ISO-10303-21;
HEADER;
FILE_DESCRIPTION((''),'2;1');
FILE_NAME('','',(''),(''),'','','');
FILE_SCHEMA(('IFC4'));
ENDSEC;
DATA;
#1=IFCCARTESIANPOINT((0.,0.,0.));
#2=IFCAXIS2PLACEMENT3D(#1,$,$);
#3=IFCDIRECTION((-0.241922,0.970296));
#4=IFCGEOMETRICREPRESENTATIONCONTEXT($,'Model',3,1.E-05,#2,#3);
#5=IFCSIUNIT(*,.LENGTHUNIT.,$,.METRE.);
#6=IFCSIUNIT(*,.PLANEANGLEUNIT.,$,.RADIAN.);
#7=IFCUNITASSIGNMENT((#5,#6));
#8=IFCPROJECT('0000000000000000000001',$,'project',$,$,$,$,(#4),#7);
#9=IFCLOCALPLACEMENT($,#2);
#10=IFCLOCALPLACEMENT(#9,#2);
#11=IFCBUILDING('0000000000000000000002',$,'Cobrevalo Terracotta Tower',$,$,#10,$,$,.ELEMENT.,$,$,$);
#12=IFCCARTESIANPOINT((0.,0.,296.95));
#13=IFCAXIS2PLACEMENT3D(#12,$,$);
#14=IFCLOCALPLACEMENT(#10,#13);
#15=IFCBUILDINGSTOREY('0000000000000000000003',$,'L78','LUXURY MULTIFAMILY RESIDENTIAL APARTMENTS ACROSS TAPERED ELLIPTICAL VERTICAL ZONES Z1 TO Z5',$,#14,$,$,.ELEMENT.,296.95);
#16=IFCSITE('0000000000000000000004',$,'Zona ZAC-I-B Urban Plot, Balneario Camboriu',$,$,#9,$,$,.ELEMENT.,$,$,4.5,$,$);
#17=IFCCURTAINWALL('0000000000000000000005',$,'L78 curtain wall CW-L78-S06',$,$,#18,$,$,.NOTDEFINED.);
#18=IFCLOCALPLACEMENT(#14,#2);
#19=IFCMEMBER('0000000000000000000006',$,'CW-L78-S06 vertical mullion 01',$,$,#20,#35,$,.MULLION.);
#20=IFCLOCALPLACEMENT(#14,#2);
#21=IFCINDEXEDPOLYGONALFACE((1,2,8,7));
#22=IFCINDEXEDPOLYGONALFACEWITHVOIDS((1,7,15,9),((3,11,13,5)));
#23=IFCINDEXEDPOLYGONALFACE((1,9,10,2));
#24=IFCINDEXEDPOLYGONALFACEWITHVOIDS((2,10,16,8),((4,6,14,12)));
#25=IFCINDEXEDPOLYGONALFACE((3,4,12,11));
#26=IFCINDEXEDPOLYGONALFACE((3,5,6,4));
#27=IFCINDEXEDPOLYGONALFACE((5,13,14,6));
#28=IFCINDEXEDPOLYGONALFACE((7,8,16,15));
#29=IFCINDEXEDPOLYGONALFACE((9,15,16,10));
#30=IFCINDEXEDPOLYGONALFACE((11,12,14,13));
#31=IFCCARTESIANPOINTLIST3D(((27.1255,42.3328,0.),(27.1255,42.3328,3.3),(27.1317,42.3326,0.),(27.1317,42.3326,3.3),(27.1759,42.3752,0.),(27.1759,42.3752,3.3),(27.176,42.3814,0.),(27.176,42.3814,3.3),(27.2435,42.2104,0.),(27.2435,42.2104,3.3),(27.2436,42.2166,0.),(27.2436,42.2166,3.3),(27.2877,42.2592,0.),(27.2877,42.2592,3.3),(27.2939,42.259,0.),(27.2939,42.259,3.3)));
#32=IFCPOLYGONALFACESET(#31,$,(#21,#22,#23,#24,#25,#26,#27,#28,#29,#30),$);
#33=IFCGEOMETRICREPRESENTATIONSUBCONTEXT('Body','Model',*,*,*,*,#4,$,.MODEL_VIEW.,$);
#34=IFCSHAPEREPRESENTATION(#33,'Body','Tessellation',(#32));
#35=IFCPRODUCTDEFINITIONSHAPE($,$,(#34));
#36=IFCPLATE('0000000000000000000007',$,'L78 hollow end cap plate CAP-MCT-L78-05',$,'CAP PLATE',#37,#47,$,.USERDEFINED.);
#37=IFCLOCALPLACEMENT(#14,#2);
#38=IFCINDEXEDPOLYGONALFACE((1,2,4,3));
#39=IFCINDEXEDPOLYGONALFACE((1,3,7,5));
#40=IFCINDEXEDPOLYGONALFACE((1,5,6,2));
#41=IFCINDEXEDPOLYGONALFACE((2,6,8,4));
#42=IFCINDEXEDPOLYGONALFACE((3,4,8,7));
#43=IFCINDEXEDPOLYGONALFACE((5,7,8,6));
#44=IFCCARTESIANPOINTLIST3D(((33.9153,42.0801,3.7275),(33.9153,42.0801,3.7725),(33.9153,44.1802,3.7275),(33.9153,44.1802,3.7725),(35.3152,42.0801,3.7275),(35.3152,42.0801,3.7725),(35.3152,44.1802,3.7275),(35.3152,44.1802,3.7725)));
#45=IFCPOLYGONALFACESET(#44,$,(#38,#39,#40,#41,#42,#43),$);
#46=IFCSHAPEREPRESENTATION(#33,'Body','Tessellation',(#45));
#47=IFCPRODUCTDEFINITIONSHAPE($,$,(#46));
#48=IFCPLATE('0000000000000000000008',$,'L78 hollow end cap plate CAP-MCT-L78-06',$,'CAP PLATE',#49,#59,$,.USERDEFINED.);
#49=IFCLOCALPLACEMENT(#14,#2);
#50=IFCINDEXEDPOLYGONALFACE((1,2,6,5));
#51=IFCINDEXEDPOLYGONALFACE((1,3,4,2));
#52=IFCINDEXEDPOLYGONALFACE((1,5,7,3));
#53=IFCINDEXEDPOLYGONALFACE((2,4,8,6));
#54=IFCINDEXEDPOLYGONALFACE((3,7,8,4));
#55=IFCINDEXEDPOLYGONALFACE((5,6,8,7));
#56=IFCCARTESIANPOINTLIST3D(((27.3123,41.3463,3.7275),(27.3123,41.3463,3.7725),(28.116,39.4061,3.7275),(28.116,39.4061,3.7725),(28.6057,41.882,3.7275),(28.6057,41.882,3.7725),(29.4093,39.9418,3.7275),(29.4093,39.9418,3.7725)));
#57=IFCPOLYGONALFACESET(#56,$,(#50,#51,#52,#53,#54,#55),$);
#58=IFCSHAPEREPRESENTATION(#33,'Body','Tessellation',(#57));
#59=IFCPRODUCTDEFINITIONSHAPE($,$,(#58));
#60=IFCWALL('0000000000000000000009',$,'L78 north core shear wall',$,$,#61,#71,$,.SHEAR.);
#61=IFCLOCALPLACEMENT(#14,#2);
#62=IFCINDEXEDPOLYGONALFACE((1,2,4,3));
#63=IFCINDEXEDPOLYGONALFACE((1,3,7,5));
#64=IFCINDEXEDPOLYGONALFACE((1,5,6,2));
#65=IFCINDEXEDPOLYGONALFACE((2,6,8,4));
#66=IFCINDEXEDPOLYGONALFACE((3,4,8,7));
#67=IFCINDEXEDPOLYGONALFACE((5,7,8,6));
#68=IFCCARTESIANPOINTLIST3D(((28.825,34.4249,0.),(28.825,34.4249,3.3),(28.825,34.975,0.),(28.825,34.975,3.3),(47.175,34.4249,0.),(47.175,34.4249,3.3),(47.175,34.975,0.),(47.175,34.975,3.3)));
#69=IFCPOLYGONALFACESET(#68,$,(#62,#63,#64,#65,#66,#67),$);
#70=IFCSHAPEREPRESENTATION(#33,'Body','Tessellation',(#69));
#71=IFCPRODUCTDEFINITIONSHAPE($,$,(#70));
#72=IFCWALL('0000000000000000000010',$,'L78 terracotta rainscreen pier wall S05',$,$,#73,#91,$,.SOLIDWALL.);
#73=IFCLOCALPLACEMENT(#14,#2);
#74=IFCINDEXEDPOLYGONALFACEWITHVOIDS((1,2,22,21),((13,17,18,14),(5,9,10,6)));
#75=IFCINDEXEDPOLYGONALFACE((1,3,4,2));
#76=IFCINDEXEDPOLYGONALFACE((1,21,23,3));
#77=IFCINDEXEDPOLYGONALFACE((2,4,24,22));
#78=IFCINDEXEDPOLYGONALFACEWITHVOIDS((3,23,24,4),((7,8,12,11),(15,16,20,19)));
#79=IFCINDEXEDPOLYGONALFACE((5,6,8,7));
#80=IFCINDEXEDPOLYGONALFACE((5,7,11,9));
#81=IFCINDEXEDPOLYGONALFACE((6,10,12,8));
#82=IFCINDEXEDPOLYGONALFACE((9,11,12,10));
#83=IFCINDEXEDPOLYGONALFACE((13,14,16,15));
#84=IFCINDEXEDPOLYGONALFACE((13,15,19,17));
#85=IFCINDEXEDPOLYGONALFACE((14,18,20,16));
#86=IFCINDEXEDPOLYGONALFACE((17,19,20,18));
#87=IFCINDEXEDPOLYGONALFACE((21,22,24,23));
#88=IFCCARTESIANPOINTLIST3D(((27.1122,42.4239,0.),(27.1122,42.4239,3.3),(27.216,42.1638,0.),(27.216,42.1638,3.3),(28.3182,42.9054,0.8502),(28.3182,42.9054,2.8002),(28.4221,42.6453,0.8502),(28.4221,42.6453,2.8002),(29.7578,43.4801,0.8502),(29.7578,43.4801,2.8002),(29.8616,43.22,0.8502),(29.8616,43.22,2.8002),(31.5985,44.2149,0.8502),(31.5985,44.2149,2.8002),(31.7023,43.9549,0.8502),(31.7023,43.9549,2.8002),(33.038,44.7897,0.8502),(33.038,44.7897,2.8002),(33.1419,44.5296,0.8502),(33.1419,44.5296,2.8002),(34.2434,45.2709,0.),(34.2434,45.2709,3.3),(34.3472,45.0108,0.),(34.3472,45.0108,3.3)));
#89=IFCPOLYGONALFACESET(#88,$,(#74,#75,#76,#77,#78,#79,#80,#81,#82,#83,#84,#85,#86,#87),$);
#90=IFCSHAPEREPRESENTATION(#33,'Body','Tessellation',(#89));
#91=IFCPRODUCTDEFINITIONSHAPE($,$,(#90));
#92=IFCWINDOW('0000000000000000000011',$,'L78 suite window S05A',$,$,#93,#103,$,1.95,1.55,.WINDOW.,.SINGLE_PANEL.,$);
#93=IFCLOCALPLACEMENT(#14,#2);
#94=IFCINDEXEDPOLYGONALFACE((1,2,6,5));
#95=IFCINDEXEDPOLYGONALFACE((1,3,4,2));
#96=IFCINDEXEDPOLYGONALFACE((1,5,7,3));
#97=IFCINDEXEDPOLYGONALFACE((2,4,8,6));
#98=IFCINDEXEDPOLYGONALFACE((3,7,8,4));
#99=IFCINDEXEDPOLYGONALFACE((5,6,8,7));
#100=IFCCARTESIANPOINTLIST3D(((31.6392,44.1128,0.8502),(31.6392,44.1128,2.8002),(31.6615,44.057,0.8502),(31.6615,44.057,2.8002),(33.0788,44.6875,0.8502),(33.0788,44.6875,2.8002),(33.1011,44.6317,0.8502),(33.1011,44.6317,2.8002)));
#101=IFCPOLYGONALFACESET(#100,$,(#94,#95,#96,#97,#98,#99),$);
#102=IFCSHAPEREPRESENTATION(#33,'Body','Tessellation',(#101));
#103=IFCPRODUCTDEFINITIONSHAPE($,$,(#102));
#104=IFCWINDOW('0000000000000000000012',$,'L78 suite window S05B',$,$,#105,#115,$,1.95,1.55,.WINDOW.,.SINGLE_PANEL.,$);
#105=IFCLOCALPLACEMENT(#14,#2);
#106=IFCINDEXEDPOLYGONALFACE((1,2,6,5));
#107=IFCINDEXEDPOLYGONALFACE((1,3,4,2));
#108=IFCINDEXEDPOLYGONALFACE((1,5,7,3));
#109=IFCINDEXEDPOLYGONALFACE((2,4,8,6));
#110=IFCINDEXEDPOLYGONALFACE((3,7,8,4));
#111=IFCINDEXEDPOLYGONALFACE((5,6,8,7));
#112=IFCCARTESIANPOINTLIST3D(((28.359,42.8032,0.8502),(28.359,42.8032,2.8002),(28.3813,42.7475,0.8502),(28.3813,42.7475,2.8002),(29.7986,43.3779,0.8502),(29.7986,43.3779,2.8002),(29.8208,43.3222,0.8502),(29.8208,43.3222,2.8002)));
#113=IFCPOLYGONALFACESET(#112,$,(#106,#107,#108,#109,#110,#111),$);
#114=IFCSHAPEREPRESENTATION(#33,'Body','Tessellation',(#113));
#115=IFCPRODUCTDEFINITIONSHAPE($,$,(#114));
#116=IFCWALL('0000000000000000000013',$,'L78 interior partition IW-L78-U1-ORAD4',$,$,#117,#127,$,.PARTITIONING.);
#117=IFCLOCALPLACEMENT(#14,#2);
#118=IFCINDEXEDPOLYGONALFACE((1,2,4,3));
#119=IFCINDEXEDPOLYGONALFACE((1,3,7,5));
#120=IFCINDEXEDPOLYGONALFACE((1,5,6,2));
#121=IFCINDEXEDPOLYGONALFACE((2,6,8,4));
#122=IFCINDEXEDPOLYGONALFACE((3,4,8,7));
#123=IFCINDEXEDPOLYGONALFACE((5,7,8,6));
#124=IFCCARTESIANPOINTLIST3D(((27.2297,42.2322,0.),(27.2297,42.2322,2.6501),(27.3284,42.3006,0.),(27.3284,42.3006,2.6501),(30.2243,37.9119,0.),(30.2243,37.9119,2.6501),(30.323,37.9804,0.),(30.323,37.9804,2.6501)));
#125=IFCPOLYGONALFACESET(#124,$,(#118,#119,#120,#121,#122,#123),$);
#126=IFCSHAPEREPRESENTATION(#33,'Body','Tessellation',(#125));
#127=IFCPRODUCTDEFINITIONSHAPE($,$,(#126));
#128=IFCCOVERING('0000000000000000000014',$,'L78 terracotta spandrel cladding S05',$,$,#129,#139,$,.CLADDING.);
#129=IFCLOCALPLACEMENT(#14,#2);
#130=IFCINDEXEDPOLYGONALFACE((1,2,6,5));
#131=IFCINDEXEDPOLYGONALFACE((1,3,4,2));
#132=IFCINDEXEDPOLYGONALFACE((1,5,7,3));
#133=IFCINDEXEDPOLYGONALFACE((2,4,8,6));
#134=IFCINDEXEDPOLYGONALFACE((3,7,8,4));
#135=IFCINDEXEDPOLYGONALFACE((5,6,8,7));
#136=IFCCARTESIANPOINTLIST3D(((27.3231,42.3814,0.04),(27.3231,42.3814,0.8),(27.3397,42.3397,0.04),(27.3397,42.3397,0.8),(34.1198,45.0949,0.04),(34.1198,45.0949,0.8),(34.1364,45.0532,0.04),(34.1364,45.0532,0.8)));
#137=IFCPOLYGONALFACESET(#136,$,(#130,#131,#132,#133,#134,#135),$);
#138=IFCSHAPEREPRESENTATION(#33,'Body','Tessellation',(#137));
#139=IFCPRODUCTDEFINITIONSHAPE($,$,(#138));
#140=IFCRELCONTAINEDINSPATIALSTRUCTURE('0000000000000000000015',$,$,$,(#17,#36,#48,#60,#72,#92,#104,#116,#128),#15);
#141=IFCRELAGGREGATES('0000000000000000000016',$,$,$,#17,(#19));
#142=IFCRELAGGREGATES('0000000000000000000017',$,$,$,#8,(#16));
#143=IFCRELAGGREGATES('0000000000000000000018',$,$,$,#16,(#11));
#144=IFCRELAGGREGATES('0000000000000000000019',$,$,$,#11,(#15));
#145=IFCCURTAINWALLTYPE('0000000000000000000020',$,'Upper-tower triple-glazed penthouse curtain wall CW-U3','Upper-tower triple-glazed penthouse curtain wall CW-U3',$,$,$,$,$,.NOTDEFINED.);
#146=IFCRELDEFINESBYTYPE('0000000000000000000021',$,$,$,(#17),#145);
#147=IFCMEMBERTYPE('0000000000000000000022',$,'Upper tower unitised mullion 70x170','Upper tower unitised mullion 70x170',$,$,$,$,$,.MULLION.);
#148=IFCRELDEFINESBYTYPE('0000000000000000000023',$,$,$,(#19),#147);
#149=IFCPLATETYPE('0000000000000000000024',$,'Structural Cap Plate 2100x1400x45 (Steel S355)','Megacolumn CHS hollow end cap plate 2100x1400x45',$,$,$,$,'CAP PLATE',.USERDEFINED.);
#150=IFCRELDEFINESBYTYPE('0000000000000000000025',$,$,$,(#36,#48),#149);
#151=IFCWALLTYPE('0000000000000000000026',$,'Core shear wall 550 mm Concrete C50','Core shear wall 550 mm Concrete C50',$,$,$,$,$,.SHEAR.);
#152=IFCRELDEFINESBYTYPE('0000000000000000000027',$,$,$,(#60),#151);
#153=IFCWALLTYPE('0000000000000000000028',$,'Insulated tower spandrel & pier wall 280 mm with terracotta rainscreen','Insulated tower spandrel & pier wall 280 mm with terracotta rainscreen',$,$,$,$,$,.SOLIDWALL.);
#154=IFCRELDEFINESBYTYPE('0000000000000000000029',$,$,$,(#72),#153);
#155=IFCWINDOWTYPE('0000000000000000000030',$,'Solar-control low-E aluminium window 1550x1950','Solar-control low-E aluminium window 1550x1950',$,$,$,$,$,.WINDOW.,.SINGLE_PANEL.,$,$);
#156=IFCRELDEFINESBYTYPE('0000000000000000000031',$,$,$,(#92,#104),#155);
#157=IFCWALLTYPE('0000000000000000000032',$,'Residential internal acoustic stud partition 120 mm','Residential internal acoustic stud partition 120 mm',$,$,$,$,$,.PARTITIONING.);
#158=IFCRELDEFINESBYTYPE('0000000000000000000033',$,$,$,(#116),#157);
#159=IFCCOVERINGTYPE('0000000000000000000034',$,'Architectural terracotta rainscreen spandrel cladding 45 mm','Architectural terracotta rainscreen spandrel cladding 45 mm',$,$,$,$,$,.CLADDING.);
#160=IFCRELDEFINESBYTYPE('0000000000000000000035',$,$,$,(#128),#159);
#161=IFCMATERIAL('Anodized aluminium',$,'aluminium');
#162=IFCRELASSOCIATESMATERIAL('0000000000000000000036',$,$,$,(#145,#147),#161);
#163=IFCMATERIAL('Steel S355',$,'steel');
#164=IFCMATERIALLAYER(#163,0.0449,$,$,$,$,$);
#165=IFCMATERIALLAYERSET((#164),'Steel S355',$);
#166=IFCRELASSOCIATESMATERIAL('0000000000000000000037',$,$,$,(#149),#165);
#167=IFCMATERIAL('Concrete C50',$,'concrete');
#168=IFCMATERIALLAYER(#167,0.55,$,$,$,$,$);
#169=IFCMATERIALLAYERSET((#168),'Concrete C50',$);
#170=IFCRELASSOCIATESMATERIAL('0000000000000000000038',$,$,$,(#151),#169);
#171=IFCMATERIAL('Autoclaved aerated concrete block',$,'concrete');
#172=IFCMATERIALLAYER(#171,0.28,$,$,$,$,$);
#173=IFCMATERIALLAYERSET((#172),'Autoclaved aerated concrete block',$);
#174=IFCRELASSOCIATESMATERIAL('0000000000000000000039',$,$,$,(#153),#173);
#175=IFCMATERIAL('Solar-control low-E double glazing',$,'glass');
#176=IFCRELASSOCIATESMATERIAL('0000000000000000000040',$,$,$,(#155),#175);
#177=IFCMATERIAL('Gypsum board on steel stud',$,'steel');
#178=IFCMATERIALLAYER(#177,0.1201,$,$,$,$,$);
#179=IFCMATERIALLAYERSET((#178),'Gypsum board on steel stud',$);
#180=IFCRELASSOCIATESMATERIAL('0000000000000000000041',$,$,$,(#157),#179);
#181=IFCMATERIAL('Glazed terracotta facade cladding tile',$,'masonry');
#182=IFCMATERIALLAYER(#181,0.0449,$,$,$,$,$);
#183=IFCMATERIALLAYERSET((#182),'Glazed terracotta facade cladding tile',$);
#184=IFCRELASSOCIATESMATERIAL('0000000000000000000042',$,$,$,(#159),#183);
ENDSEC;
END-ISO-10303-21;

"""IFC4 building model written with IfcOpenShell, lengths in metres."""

from ifc_helpers import new_model, si_unit, direction, frame, frame_2d, origin, origin_2d, place, context, subcontext, project, spatial, rectangle, hollow_rectangle, extrude, source, transform, mapped, material, layer, layer_set, material_profile, profile_set, type_object, element, fill, aggregate, save


model = new_model("IFC4")

# Units and contexts
model_context = context("Model", 3, precision=1e-05, world=origin(), true_north=direction((-0.241922, 0.970296)))
body_context = subcontext(model_context, "Body", "Model", "MODEL_VIEW")
ifc_project = project(units=[si_unit("LENGTHUNIT", "METRE"), si_unit("PLANEANGLEUNIT", "RADIAN")], contexts=[model_context])

# Site, building, storey
site_placement = place(None, origin())
site = spatial("IfcSite", under=ifc_project, at=site_placement, Name="Zona ZAC-I-B Urban Plot, Balneario Camboriu", CompositionType="ELEMENT", RefElevation=4.5)
building_placement = place(site_placement, origin())
building = spatial("IfcBuilding", under=site, at=building_placement, Name="Cobrevalo Terracotta Tower", CompositionType="ELEMENT")
storey_placement = place(building_placement, frame((0.0, 0.0, 296.95)))
storey = spatial("IfcBuildingStorey", under=building, at=storey_placement, Name="L78", Description="LUXURY MULTIFAMILY RESIDENTIAL APARTMENTS ACROSS TAPERED ELLIPTICAL VERTICAL ZONES Z1 TO Z5", CompositionType="ELEMENT", Elevation=296.95)

# Shared definitions
ifc_material_1 = material(Name="Steel S355", Category="steel")
ifc_material_2 = material(Name="Concrete C50", Category="concrete")

# Curtain wall, member
ifc_material_3 = material(Name="Anodized aluminium", Category="aluminium")
curtain_wall_type = type_object("IfcCurtainWallType", Name="Upper-tower triple-glazed penthouse curtain wall CW-U3", Description="Upper-tower triple-glazed penthouse curtain wall CW-U3", PredefinedType="NOTDEFINED", material=ifc_material_3)
curtain_wall_placement = place(storey_placement, origin())
curtain_wall = element("IfcCurtainWall", 1, at=curtain_wall_placement, inside=storey, type_object=curtain_wall_type, Name="L78 curtain wall CW-L78-S06", PredefinedType="NOTDEFINED")
ifc_material_profile_1 = material_profile(ifc_material_3, hollow_rectangle(XDim=0.0701, YDim=0.1699, WallThickness=0.0044, at=origin_2d()), Name="CWM 70x170")
ifc_profile_set_1 = profile_set([ifc_material_profile_1], Name="Anodized aluminium")
member_type_1 = type_object("IfcMemberType", Name="Upper tower unitised mullion 70x170", Description="Upper tower unitised mullion 70x170", PredefinedType="MULLION", material=ifc_profile_set_1)
shared_shape_1 = source(origin(), body_context, "Body", "SweptSolid", [
    extrude(hollow_rectangle(XDim=0.0701, YDim=0.1699, WallThickness=0.0044, at=origin_2d()), origin(), (0.0, 0.0, 1.0), 3.3),
])
member_1_placement = place(storey_placement, frame((27.2097, 42.2959, 0.0), z_axis=(0.0, 0.0, 1.0), x_axis=(-0.719994, -0.69398, 0.0)))
member_1 = element("IfcMember", 2, at=member_1_placement, type_object=member_type_1, Name="CW-L78-S06 vertical mullion 01", PredefinedType="MULLION", context=body_context, shape_type="MappedRepresentation", body=[
    mapped(shared_shape_1, transform((0.0, 0.0, 0.0), scale=1.0)),
])
aggregate(curtain_wall, [member_1])

# Plates
ifc_layer_1 = layer(ifc_material_1, 0.0449)
ifc_layer_set_1 = layer_set([ifc_layer_1], Name="Steel S355")
plate_type = type_object("IfcPlateType", Name="Structural Cap Plate 2100x1400x45 (Steel S355)", Description="Megacolumn CHS hollow end cap plate 2100x1400x45", ElementType="CAP PLATE", PredefinedType="USERDEFINED", material=ifc_layer_set_1)
shared_shape_2 = source(origin(), body_context, "Body", "SweptSolid", [
    extrude(rectangle(XDim=2.1001, YDim=1.3999, at=origin_2d()), origin(), (0.0, 0.0, 1.0), 0.0449),
])
for number, where, z_axis, x_axis, name in (
    (3, (34.6152, 43.1301, 3.7275), (0.0, 0.0, 1.0), (0.0, 1.0, 0.0), "L78 hollow end cap plate CAP-MCT-L78-05"),
    (4, (28.3608, 40.644, 3.7275), (0.0, 0.0, 1.0), (-0.382683, 0.92388, 0.0), "L78 hollow end cap plate CAP-MCT-L78-06"),
):
    element("IfcPlate", number, at=place(storey_placement, frame(where, z_axis=z_axis, x_axis=x_axis)), inside=storey, type_object=plate_type, Name=name, ObjectType="CAP PLATE", PredefinedType="USERDEFINED", context=body_context, shape_type="MappedRepresentation", body=[
        mapped(shared_shape_2, transform((0.0, 0.0, 0.0), scale=1.0)),
    ])

# Wall
ifc_layer_2 = layer(ifc_material_2, 0.55)
ifc_layer_set_2 = layer_set([ifc_layer_2], Name="Concrete C50")
wall_type_1 = type_object("IfcWallType", Name="Core shear wall 550 mm Concrete C50", Description="Core shear wall 550 mm Concrete C50", PredefinedType="SHEAR", material=ifc_layer_set_2)
wall_1_placement = place(storey_placement, frame((28.825, 34.7, 0.0), z_axis=(0.0, 0.0, 1.0), x_axis=(1.0, 0.0, 0.0)))
element("IfcWall", 5, at=wall_1_placement, inside=storey, type_object=wall_type_1, Name="L78 north core shear wall", PredefinedType="SHEAR", context=body_context, shape_type="SweptSolid", body=[
    extrude(rectangle(XDim=18.3501, YDim=0.55, at=frame_2d((9.175, 0.0))), origin(), (0.0, 0.0, 1.0), 3.3),
])

# Wall, openings, windows
ifc_material_4 = material(Name="Autoclaved aerated concrete block", Category="concrete")
ifc_layer_3 = layer(ifc_material_4, 0.28)
ifc_layer_set_3 = layer_set([ifc_layer_3], Name="Autoclaved aerated concrete block")
wall_type_2 = type_object("IfcWallType", Name="Insulated tower spandrel & pier wall 280 mm with terracotta rainscreen", Description="Insulated tower spandrel & pier wall 280 mm with terracotta rainscreen", PredefinedType="SOLIDWALL", material=ifc_layer_set_3)
wall_2_placement = place(storey_placement, frame((34.2954, 45.1409, 0.0), z_axis=(0.0, 0.0, 1.0), x_axis=(-0.928724, -0.370771, 0.0)))
wall_2 = element("IfcWall", 6, at=wall_2_placement, inside=storey, type_object=wall_type_2, Name="L78 terracotta rainscreen pier wall S05", PredefinedType="SOLIDWALL", context=body_context, shape_type="SweptSolid", body=[
    extrude(rectangle(XDim=7.6785, YDim=0.28, at=frame_2d((3.8394, 0.0))), origin(), (0.0, 0.0, 1.0), 3.3),
])
opening_1_placement = place(wall_2_placement, frame((1.2981, 0.0, 0.8501)))
opening_1 = element("IfcOpeningElement", 7, at=opening_1_placement, cuts=wall_2, PredefinedType="OPENING", context=body_context, shape_type="SweptSolid", body=[
    extrude(rectangle(XDim=1.55, YDim=1.95, at=frame_2d((0.7749, 0.9751))), frame((0.0, 0.1499, 0.0), z_axis=(0.0, -1.0, 0.0), x_axis=(1.0, 0.0, 0.0)), (0.0, 0.0, 1.0), 0.3),
])
opening_2_placement = place(wall_2_placement, frame((4.8301, 0.0, 0.8501)))
opening_2 = element("IfcOpeningElement", 8, at=opening_2_placement, cuts=wall_2, PredefinedType="OPENING", context=body_context, shape_type="SweptSolid", body=[
    extrude(rectangle(XDim=1.55, YDim=1.95, at=frame_2d((0.7749, 0.9751))), frame((0.0, 0.1499, 0.0), z_axis=(0.0, -1.0, 0.0), x_axis=(1.0, 0.0, 0.0)), (0.0, 0.0, 1.0), 0.3),
])
ifc_material_5 = material(Name="Solar-control low-E double glazing", Category="glass")
window_type = type_object("IfcWindowType", Name="Solar-control low-E aluminium window 1550x1950", Description="Solar-control low-E aluminium window 1550x1950", PartitioningType="SINGLE_PANEL", PredefinedType="WINDOW", material=ifc_material_5)
shared_shape_3 = source(origin(), body_context, "Body", "SweptSolid", [
    extrude(rectangle(XDim=1.55, YDim=1.95, at=frame_2d((0.7749, 0.9751))), frame((0.0, 0.03, 0.0), z_axis=(0.0, -1.0, 0.0), x_axis=(1.0, 0.0, 0.0)), (0.0, 0.0, 1.0), 0.0601),
])
window_1_placement = place(opening_1_placement, origin())
window_1 = element("IfcWindow", 9, at=window_1_placement, inside=storey, type_object=window_type, Name="L78 suite window S05A", OverallHeight=1.95, OverallWidth=1.55, PartitioningType="SINGLE_PANEL", PredefinedType="WINDOW", context=body_context, shape_type="MappedRepresentation", body=[
    mapped(shared_shape_3, transform((0.0, 0.0, 0.0), scale=1.0)),
])
fill(opening_1, window_1)
window_2_placement = place(opening_2_placement, origin())
window_2 = element("IfcWindow", 10, at=window_2_placement, inside=storey, type_object=window_type, Name="L78 suite window S05B", OverallHeight=1.95, OverallWidth=1.55, PartitioningType="SINGLE_PANEL", PredefinedType="WINDOW", context=body_context, shape_type="MappedRepresentation", body=[
    mapped(shared_shape_3, transform((0.0, 0.0, 0.0), scale=1.0)),
])
fill(opening_2, window_2)

# Wall
ifc_material_6 = material(Name="Gypsum board on steel stud", Category="steel")
ifc_layer_4 = layer(ifc_material_6, 0.1201)
ifc_layer_set_4 = layer_set([ifc_layer_4], Name="Gypsum board on steel stud")
wall_type_3 = type_object("IfcWallType", Name="Residential internal acoustic stud partition 120 mm", Description="Residential internal acoustic stud partition 120 mm", PredefinedType="PARTITIONING", material=ifc_layer_set_4)
wall_3_placement = place(storey_placement, frame((30.2737, 37.946, 0.0), z_axis=(0.0, 0.0, 1.0), x_axis=(-0.569678, 0.821868, 0.0)))
element("IfcWall", 11, at=wall_3_placement, inside=storey, type_object=wall_type_3, Name="L78 interior partition IW-L78-U1-ORAD4", PredefinedType="PARTITIONING", context=body_context, shape_type="SweptSolid", body=[
    extrude(rectangle(XDim=5.2566, YDim=0.1201, at=frame_2d((2.6284, 0.0))), origin(), (0.0, 0.0, 1.0), 2.6501),
])

# Covering
ifc_material_7 = material(Name="Glazed terracotta facade cladding tile", Category="masonry")
ifc_layer_5 = layer(ifc_material_7, 0.0449)
ifc_layer_set_5 = layer_set([ifc_layer_5], Name="Glazed terracotta facade cladding tile")
covering_type = type_object("IfcCoveringType", Name="Architectural terracotta rainscreen spandrel cladding 45 mm", Description="Architectural terracotta rainscreen spandrel cladding 45 mm", PredefinedType="CLADDING", material=ifc_layer_set_5)
shared_shape_4 = source(origin(), body_context, "Body", "SweptSolid", [
    extrude(rectangle(XDim=7.3184, YDim=0.0449, at=origin_2d()), origin(), (0.0, 0.0, 1.0), 0.76),
])
covering_placement = place(storey_placement, frame((30.7297, 43.7173, 0.04), z_axis=(0.0, 0.0, 1.0), x_axis=(-0.928718, -0.370786, 0.0)))
element("IfcCovering", 12, at=covering_placement, inside=storey, type_object=covering_type, Name="L78 terracotta spandrel cladding S05", PredefinedType="CLADDING", context=body_context, shape_type="MappedRepresentation", body=[
    mapped(shared_shape_4, transform((0.0, 0.0, 0.0), scale=1.0)),
])

save(model, "model.ifc")
